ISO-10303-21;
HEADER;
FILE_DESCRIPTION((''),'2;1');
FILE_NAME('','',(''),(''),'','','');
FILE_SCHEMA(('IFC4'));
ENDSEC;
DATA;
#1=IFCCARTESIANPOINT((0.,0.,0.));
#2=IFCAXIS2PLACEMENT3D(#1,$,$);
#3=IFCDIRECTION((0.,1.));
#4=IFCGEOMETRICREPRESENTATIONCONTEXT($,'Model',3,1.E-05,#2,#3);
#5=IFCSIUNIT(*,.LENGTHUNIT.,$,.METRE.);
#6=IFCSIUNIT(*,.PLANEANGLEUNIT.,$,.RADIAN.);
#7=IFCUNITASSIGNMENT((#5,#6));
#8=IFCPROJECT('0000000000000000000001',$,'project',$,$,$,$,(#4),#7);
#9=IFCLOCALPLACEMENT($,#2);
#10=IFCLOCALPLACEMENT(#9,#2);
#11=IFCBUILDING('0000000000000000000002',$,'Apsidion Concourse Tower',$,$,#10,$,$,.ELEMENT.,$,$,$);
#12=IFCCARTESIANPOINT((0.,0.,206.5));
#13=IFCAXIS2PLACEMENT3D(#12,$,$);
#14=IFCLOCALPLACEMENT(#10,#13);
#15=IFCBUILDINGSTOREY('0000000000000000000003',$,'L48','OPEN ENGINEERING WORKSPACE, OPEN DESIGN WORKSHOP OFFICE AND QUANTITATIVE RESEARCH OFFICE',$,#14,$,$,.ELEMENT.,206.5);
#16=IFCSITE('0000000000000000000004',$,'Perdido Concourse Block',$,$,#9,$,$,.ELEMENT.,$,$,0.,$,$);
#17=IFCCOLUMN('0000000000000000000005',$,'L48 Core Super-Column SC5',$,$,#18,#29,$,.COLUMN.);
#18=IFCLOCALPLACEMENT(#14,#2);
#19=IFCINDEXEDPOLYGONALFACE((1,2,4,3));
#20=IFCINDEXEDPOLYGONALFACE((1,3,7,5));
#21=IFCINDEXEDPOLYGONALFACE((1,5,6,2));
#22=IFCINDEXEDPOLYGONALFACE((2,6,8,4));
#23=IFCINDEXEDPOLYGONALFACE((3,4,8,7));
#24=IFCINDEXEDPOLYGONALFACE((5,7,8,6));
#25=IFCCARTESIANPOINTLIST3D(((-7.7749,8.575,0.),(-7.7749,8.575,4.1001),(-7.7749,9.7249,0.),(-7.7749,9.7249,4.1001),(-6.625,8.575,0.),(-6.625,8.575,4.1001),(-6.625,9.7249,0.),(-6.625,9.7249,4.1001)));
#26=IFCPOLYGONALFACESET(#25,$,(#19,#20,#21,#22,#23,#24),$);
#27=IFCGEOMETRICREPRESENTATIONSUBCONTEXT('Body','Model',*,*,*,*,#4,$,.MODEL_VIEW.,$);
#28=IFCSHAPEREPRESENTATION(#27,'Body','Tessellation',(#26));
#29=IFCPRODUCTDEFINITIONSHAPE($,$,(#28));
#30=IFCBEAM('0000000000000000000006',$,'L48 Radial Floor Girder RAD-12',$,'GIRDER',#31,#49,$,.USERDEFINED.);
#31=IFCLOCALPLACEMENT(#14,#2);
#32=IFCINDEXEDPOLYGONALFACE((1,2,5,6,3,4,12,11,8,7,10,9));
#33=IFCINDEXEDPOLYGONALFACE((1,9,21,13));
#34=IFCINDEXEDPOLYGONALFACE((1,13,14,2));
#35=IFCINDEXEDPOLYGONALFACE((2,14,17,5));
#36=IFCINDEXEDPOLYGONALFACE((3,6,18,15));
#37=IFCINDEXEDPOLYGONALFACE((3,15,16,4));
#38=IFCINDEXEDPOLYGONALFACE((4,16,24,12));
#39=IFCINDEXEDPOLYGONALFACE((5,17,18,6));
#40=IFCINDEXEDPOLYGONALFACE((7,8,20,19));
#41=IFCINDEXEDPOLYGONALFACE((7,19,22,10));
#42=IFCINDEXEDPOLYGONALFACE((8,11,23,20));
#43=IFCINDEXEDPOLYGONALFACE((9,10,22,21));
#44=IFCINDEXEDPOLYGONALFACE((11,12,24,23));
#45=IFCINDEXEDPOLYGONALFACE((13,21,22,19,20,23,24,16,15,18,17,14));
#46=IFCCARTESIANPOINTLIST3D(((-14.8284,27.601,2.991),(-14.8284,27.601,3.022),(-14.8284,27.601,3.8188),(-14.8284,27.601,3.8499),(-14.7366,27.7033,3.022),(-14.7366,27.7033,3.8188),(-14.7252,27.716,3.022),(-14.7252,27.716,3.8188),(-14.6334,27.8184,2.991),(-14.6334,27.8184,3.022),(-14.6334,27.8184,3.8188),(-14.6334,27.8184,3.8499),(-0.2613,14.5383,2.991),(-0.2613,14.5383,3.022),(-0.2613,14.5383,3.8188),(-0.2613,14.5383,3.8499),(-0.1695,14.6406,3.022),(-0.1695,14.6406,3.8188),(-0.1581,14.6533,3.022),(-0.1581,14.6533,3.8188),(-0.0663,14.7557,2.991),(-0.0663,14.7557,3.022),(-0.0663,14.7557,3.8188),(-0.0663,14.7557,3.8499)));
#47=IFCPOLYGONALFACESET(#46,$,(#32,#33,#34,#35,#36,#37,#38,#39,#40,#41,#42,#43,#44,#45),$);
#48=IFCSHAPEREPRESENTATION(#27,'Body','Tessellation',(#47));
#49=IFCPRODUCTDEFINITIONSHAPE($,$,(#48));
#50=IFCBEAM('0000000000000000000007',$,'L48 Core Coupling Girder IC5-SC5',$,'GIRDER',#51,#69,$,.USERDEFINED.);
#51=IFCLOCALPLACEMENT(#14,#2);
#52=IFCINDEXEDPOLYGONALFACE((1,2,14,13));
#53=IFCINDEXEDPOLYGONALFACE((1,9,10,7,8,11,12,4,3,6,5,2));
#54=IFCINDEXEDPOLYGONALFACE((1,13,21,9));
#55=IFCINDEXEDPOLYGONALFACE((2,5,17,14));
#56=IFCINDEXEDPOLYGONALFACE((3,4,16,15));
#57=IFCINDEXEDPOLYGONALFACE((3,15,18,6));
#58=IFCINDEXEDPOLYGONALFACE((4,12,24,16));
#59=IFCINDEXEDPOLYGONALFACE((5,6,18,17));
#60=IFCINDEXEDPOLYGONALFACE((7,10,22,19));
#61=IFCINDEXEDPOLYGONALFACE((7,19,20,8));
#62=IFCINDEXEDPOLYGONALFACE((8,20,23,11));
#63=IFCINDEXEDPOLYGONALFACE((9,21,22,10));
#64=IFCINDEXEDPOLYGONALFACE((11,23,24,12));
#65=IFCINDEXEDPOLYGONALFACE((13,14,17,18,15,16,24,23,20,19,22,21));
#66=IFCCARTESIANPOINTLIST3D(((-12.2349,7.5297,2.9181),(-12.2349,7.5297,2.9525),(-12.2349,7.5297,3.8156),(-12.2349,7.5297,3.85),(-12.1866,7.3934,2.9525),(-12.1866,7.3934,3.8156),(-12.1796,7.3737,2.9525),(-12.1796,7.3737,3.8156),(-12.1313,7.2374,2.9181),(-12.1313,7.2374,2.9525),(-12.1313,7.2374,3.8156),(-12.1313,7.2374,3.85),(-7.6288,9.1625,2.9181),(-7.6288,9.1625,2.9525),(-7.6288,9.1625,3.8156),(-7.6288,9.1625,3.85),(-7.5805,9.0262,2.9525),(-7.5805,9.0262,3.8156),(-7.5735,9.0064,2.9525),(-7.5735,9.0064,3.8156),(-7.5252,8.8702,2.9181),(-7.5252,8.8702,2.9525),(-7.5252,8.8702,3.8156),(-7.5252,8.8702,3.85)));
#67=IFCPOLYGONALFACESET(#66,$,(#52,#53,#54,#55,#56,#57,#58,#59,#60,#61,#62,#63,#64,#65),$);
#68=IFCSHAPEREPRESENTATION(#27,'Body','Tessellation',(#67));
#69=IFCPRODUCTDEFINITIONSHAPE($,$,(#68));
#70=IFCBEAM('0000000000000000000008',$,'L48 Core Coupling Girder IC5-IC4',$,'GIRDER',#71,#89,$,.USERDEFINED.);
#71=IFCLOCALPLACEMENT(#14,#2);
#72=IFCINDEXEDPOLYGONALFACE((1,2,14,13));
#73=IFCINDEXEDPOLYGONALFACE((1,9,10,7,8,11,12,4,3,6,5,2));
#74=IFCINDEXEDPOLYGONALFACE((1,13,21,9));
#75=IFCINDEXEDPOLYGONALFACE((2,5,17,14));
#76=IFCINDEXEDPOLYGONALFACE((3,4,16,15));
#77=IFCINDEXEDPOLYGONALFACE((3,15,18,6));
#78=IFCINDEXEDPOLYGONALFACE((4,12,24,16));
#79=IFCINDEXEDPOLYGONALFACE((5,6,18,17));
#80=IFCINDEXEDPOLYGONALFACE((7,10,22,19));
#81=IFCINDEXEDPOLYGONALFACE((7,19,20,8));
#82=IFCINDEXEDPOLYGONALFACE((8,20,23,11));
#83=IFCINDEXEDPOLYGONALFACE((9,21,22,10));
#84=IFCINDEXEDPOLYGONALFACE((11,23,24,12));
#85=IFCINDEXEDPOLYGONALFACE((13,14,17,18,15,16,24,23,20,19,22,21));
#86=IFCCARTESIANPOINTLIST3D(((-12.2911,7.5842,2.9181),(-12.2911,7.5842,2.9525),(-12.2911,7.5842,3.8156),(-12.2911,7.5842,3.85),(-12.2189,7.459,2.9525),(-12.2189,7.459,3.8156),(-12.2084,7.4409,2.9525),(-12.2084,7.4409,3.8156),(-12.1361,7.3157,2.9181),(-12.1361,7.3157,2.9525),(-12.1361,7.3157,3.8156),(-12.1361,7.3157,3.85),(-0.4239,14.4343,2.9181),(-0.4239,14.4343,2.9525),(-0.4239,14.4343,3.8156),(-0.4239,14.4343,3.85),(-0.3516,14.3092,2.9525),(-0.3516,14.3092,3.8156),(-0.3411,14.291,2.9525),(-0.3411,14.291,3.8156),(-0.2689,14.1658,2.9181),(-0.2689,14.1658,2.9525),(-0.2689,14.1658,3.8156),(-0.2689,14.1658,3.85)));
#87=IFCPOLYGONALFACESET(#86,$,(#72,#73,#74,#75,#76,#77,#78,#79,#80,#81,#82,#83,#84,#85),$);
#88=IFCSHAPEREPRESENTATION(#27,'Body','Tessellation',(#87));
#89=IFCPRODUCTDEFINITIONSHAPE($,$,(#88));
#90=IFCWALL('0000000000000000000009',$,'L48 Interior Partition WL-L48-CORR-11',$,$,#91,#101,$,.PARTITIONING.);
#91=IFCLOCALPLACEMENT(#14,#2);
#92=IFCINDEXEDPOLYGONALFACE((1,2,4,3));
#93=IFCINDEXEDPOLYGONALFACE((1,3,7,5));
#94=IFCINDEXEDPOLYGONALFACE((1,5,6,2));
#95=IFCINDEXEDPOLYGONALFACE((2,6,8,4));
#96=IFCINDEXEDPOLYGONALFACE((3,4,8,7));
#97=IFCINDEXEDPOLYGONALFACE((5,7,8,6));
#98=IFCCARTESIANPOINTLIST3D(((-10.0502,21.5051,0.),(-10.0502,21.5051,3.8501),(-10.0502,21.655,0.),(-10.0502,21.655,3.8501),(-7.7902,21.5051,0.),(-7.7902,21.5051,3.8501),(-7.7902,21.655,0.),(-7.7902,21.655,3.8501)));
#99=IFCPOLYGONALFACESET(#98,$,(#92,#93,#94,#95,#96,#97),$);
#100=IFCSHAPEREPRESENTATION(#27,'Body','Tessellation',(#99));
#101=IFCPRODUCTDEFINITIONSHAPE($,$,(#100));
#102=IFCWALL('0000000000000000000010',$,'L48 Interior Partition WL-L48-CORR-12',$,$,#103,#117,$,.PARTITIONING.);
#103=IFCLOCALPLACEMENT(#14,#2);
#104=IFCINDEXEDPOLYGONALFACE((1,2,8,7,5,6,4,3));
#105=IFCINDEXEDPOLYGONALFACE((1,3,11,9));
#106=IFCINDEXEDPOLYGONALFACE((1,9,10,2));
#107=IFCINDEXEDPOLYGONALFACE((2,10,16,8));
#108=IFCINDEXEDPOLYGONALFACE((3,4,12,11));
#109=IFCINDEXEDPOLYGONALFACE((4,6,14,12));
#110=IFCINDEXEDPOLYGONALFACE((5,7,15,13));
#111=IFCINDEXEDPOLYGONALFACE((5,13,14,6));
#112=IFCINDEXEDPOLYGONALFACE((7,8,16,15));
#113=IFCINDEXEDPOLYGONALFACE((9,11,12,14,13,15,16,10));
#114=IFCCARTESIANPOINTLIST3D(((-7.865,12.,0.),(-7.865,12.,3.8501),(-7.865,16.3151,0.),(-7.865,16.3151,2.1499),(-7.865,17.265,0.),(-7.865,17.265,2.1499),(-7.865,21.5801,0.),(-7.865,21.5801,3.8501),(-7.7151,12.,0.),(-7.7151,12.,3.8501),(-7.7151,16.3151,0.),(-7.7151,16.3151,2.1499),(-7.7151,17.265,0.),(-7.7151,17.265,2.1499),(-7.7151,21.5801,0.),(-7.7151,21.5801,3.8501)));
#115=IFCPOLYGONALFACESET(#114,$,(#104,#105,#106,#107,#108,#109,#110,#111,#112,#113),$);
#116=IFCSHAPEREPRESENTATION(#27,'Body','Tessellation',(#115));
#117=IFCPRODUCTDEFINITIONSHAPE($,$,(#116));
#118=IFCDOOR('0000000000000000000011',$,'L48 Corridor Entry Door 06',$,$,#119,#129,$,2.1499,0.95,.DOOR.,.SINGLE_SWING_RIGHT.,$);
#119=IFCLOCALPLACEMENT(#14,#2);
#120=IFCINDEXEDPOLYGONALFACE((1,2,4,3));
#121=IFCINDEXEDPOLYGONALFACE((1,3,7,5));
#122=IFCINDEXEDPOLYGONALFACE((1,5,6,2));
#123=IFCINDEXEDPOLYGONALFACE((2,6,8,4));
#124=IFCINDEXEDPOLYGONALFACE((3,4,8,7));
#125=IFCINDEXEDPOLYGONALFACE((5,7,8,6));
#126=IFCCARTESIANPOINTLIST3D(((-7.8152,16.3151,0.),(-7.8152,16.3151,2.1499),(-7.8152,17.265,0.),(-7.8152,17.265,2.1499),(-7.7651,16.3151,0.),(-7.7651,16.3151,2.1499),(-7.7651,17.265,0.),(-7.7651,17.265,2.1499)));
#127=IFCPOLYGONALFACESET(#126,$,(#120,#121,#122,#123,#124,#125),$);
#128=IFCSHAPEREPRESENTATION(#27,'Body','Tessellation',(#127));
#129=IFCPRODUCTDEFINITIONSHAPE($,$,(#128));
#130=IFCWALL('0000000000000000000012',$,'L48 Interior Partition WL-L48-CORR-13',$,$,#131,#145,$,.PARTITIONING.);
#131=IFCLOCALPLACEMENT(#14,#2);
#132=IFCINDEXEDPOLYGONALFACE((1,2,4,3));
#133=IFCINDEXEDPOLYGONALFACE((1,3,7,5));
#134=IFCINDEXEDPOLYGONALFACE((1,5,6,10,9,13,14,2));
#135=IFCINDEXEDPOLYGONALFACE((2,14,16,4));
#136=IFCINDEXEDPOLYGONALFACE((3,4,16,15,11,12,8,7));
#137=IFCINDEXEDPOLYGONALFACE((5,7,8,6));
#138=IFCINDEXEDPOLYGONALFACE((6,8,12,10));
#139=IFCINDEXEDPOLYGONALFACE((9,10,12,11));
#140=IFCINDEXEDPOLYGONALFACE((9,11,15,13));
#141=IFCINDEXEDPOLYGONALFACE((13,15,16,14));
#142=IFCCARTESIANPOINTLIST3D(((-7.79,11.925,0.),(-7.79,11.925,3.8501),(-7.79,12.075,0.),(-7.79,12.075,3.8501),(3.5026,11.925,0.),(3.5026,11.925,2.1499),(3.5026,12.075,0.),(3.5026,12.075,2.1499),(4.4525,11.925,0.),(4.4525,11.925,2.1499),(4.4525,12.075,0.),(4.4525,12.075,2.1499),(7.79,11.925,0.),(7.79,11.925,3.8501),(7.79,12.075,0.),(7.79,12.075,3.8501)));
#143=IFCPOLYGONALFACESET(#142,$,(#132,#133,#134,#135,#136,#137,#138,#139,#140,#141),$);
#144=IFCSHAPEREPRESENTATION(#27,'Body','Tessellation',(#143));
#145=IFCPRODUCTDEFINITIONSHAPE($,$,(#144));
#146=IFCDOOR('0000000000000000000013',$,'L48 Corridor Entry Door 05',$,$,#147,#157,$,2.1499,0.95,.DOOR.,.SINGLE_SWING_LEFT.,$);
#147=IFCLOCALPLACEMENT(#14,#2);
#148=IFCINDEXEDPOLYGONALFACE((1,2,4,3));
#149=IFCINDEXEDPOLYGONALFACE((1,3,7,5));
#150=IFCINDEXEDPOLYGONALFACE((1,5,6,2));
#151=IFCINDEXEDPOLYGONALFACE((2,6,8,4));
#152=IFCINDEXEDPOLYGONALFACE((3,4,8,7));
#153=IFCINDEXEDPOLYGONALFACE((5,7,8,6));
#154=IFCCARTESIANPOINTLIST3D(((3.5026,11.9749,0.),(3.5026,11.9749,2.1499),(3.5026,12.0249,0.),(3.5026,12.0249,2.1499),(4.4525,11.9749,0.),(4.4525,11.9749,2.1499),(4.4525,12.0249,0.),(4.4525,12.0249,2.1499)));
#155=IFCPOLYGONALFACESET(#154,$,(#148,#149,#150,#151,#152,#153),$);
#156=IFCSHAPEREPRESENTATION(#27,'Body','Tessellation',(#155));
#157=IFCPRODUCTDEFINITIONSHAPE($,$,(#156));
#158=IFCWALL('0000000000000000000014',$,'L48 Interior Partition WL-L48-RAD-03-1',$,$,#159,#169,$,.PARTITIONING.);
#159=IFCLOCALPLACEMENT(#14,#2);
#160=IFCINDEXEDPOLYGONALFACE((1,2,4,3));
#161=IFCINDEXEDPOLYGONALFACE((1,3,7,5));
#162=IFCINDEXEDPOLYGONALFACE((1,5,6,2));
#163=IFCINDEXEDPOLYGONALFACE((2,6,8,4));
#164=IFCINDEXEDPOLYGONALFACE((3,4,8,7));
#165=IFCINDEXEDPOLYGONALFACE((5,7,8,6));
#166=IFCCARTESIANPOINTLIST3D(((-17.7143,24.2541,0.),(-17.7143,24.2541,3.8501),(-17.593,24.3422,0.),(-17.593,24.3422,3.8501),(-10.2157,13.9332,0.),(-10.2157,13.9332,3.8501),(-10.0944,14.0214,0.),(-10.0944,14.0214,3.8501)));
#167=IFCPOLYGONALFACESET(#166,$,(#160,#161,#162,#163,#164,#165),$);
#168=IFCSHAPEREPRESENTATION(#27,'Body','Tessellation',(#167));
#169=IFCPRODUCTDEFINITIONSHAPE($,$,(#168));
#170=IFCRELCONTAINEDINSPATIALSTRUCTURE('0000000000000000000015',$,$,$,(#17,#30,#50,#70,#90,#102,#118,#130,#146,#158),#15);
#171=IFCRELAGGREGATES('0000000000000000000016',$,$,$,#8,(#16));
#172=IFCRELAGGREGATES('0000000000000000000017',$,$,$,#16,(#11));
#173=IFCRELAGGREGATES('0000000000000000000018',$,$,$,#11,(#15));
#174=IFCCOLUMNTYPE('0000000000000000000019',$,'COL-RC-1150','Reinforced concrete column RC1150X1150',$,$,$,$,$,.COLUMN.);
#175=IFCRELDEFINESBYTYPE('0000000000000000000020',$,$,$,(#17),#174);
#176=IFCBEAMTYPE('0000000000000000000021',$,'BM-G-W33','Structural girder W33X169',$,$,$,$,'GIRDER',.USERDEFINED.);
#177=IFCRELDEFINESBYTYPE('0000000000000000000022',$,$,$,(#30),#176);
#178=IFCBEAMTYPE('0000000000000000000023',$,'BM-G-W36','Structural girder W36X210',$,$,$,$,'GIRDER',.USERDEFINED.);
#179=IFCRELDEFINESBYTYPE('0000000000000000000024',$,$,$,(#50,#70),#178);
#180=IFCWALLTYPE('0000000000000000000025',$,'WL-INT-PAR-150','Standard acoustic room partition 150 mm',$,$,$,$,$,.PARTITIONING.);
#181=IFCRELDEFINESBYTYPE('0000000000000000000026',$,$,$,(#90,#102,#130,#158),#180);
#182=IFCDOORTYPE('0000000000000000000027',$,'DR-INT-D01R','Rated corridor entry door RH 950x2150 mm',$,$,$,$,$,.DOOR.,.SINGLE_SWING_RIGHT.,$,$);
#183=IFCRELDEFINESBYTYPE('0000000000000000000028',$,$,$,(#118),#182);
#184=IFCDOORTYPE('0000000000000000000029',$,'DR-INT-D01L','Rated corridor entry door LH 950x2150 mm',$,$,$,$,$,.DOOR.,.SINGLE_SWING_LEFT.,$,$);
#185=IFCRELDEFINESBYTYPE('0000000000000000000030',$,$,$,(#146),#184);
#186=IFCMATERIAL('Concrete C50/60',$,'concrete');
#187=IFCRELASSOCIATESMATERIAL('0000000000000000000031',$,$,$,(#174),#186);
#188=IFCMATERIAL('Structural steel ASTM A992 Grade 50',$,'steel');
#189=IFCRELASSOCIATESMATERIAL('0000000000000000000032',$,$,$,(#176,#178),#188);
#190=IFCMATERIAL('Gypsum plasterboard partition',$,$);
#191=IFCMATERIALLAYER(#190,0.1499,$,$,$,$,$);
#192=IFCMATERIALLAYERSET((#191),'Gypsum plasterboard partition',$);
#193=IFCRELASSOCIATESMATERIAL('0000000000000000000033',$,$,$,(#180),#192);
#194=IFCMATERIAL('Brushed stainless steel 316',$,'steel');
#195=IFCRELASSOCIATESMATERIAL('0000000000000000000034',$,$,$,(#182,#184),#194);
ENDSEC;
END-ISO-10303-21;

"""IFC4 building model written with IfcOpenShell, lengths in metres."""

from ifc_helpers import new_model, si_unit, direction, frame, frame_2d, origin, origin_2d, place, context, subcontext, project, spatial, rectangle, i_section, extrude, material, layer, layer_set, material_profile, profile_set, type_object, element, fill, save


model = new_model("IFC4")

# Units and contexts
model_context = context("Model", 3, precision=1e-05, world=origin(), true_north=direction((0.0, 1.0)))
body_context = subcontext(model_context, "Body", "Model", "MODEL_VIEW")
ifc_project = project(units=[si_unit("LENGTHUNIT", "METRE"), si_unit("PLANEANGLEUNIT", "RADIAN")], contexts=[model_context])

# Site, building, storey
site_placement = place(None, origin())
site = spatial("IfcSite", under=ifc_project, at=site_placement, Name="Perdido Concourse Block", CompositionType="ELEMENT", RefElevation=0.0)
building_placement = place(site_placement, origin())
building = spatial("IfcBuilding", under=site, at=building_placement, Name="Apsidion Concourse Tower", CompositionType="ELEMENT")
storey_placement = place(building_placement, frame((0.0, 0.0, 206.5)))
storey = spatial("IfcBuildingStorey", under=building, at=storey_placement, Name="L48", Description="OPEN ENGINEERING WORKSPACE, OPEN DESIGN WORKSHOP OFFICE AND QUANTITATIVE RESEARCH OFFICE", CompositionType="ELEMENT", Elevation=206.5)

# Column
ifc_material_1 = material(Name="Concrete C50/60", Category="concrete")
ifc_material_profile_1 = material_profile(ifc_material_1, rectangle(XDim=1.1499, YDim=1.1499, at=origin_2d()), Name="RC 1150x1150")
ifc_profile_set_1 = profile_set([ifc_material_profile_1], Name="Concrete C50/60")
column_type = type_object("IfcColumnType", Name="COL-RC-1150", Description="Reinforced concrete column RC1150X1150", PredefinedType="COLUMN", material=ifc_profile_set_1)
column_placement = place(storey_placement, frame((-7.2, 9.1499, 0.0), z_axis=(0.0, 0.0, 1.0), x_axis=(1.0, 0.0, 0.0)))
element("IfcColumn", 1, at=column_placement, inside=storey, type_object=column_type, Name="L48 Core Super-Column SC5", PredefinedType="COLUMN", context=body_context, shape_type="SweptSolid", body=[
    extrude(rectangle(XDim=1.1499, YDim=1.1499, at=origin_2d()), origin(), (0.0, 0.0, 1.0), 4.1001),
])

# Beams
ifc_material_2 = material(Name="Structural steel ASTM A992 Grade 50", Category="steel")
ifc_material_profile_2 = material_profile(ifc_material_2, i_section(OverallWidth=0.292, OverallDepth=0.8589, WebThickness=0.0171, FlangeThickness=0.031, at=origin_2d()), Name="W33X169")
ifc_profile_set_2 = profile_set([ifc_material_profile_2], Name="Structural steel ASTM A992 Grade 50")
beam_type_1 = type_object("IfcBeamType", Name="BM-G-W33", Description="Structural girder W33X169", ElementType="GIRDER", PredefinedType="USERDEFINED", material=ifc_profile_set_2)
beam_1_placement = place(storey_placement, frame((-0.1638, 14.647, 3.4204), z_axis=(-0.744505, 0.667617, 0.0), x_axis=(-0.667617, -0.744505, 0.0)))
element("IfcBeam", 2, at=beam_1_placement, inside=storey, type_object=beam_type_1, Name="L48 Radial Floor Girder RAD-12", ObjectType="GIRDER", PredefinedType="USERDEFINED", context=body_context, shape_type="SweptSolid", body=[
    extrude(i_section(OverallWidth=0.292, OverallDepth=0.8589, WebThickness=0.0171, FlangeThickness=0.031, at=origin_2d()), origin(), (0.0, 0.0, 1.0), 19.5662),
])
ifc_material_profile_3 = material_profile(ifc_material_2, i_section(OverallWidth=0.3101, OverallDepth=0.9319, WebThickness=0.021, FlangeThickness=0.0344, at=origin_2d()), Name="W36X210")
ifc_profile_set_3 = profile_set([ifc_material_profile_3], Name="Structural steel ASTM A992 Grade 50")
beam_type_2 = type_object("IfcBeamType", Name="BM-G-W36", Description="Structural girder W36X210", ElementType="GIRDER", PredefinedType="USERDEFINED", material=ifc_profile_set_3)
beam_2_placement = place(storey_placement, frame((-12.1831, 7.3835, 3.384), z_axis=(0.942534, 0.334111, 0.0), x_axis=(-0.334111, 0.942534, 0.0)))
element("IfcBeam", 3, at=beam_2_placement, inside=storey, type_object=beam_type_2, Name="L48 Core Coupling Girder IC5-SC5", ObjectType="GIRDER", PredefinedType="USERDEFINED", context=body_context, shape_type="SweptSolid", body=[
    extrude(i_section(OverallWidth=0.3101, OverallDepth=0.9319, WebThickness=0.021, FlangeThickness=0.0344, at=origin_2d()), origin(), (0.0, 0.0, 1.0), 4.887),
])
beam_3_placement = place(storey_placement, frame((-12.2136, 7.45, 3.384), z_axis=(0.86607, 0.499922, 0.0), x_axis=(-0.499922, 0.86607, 0.0)))
element("IfcBeam", 4, at=beam_3_placement, inside=storey, type_object=beam_type_2, Name="L48 Core Coupling Girder IC5-IC4", ObjectType="GIRDER", PredefinedType="USERDEFINED", context=body_context, shape_type="SweptSolid", body=[
    extrude(i_section(OverallWidth=0.3101, OverallDepth=0.9319, WebThickness=0.021, FlangeThickness=0.0344, at=origin_2d()), origin(), (0.0, 0.0, 1.0), 13.7024),
])

# Wall
ifc_material_3 = material(Name="Gypsum plasterboard partition")
ifc_layer_1 = layer(ifc_material_3, 0.1499)
ifc_layer_set_1 = layer_set([ifc_layer_1], Name="Gypsum plasterboard partition")
wall_type_1 = type_object("IfcWallType", Name="WL-INT-PAR-150", Description="Standard acoustic room partition 150 mm", PredefinedType="PARTITIONING", material=ifc_layer_set_1)
wall_1_placement = place(storey_placement, frame((-10.05, 21.5801, 0.0), z_axis=(0.0, 0.0, 1.0), x_axis=(1.0, 0.0, 0.0)))
element("IfcWall", 5, at=wall_1_placement, inside=storey, type_object=wall_type_1, Name="L48 Interior Partition WL-L48-CORR-11", PredefinedType="PARTITIONING", context=body_context, shape_type="SweptSolid", body=[
    extrude(rectangle(XDim=2.26, YDim=0.1499, at=frame_2d((1.1299, 0.0))), origin(), (0.0, 0.0, 1.0), 3.8501),
])

# Walls, openings, doors
wall_2_placement = place(storey_placement, frame((-7.79, 21.5801, 0.0), z_axis=(0.0, 0.0, 1.0), x_axis=(0.0, -1.0, 0.0)))
wall_2 = element("IfcWall", 6, at=wall_2_placement, inside=storey, type_object=wall_type_1, Name="L48 Interior Partition WL-L48-CORR-12", PredefinedType="PARTITIONING", context=body_context, shape_type="SweptSolid", body=[
    extrude(rectangle(XDim=9.5801, YDim=0.1499, at=frame_2d((4.79, 0.0))), origin(), (0.0, 0.0, 1.0), 3.8501),
])
opening_1_placement = place(wall_2_placement, frame((4.3149, 0.0, 0.0)))
opening_1 = element("IfcOpeningElement", 7, at=opening_1_placement, cuts=wall_2, PredefinedType="OPENING", context=body_context, shape_type="SweptSolid", body=[
    extrude(rectangle(XDim=0.95, YDim=2.1499, at=frame_2d((0.4751, 1.075))), frame((0.0, 0.085, 0.0), z_axis=(0.0, -1.0, 0.0), x_axis=(1.0, 0.0, 0.0)), (0.0, 0.0, 1.0), 0.1699),
])
ifc_material_4 = material(Name="Brushed stainless steel 316", Category="steel")
door_type_1 = type_object("IfcDoorType", Name="DR-INT-D01R", Description="Rated corridor entry door RH 950x2150 mm", OperationType="SINGLE_SWING_RIGHT", PredefinedType="DOOR", material=ifc_material_4)
door_1_placement = place(opening_1_placement, origin())
door_1 = element("IfcDoor", 8, at=door_1_placement, inside=storey, type_object=door_type_1, Name="L48 Corridor Entry Door 06", OperationType="SINGLE_SWING_RIGHT", OverallHeight=2.1499, OverallWidth=0.95, PredefinedType="DOOR", context=body_context, shape_type="SweptSolid", body=[
    extrude(rectangle(XDim=0.95, YDim=2.1499, at=frame_2d((0.4751, 1.075))), frame((0.0, 0.0249, 0.0), z_axis=(0.0, -1.0, 0.0), x_axis=(1.0, 0.0, 0.0)), (0.0, 0.0, 1.0), 0.05),
])
fill(opening_1, door_1)
wall_3_placement = place(storey_placement, frame((-7.79, 12.0, 0.0), z_axis=(0.0, 0.0, 1.0), x_axis=(1.0, 0.0, 0.0)))
wall_3 = element("IfcWall", 9, at=wall_3_placement, inside=storey, type_object=wall_type_1, Name="L48 Interior Partition WL-L48-CORR-13", PredefinedType="PARTITIONING", context=body_context, shape_type="SweptSolid", body=[
    extrude(rectangle(XDim=15.5801, YDim=0.1499, at=frame_2d((7.79, 0.0))), origin(), (0.0, 0.0, 1.0), 3.8501),
])
opening_2_placement = place(wall_3_placement, frame((11.2925, 0.0, 0.0)))
opening_2 = element("IfcOpeningElement", 10, at=opening_2_placement, cuts=wall_3, PredefinedType="OPENING", context=body_context, shape_type="SweptSolid", body=[
    extrude(rectangle(XDim=0.95, YDim=2.1499, at=frame_2d((0.4751, 1.075))), frame((0.0, 0.085, 0.0), z_axis=(0.0, -1.0, 0.0), x_axis=(1.0, 0.0, 0.0)), (0.0, 0.0, 1.0), 0.1699),
])
door_type_2 = type_object("IfcDoorType", Name="DR-INT-D01L", Description="Rated corridor entry door LH 950x2150 mm", OperationType="SINGLE_SWING_LEFT", PredefinedType="DOOR", material=ifc_material_4)
door_2_placement = place(opening_2_placement, origin())
door_2 = element("IfcDoor", 11, at=door_2_placement, inside=storey, type_object=door_type_2, Name="L48 Corridor Entry Door 05", OperationType="SINGLE_SWING_LEFT", OverallHeight=2.1499, OverallWidth=0.95, PredefinedType="DOOR", context=body_context, shape_type="SweptSolid", body=[
    extrude(rectangle(XDim=0.95, YDim=2.1499, at=frame_2d((0.4751, 1.075))), frame((0.0, 0.0249, 0.0), z_axis=(0.0, -1.0, 0.0), x_axis=(1.0, 0.0, 0.0)), (0.0, 0.0, 1.0), 0.05),
])
fill(opening_2, door_2)

# Wall
wall_4_placement = place(storey_placement, frame((-10.155, 13.9773, 0.0), z_axis=(0.0, 0.0, 1.0), x_axis=(-0.587787, 0.809016, 0.0)))
element("IfcWall", 12, at=wall_4_placement, inside=storey, type_object=wall_type_1, Name="L48 Interior Partition WL-L48-RAD-03-1", PredefinedType="PARTITIONING", context=body_context, shape_type="SweptSolid", body=[
    extrude(rectangle(XDim=12.7573, YDim=0.1499, at=frame_2d((6.3787, 0.0))), origin(), (0.0, 0.0, 1.0), 3.8501),
])

save(model, "model.ifc")
